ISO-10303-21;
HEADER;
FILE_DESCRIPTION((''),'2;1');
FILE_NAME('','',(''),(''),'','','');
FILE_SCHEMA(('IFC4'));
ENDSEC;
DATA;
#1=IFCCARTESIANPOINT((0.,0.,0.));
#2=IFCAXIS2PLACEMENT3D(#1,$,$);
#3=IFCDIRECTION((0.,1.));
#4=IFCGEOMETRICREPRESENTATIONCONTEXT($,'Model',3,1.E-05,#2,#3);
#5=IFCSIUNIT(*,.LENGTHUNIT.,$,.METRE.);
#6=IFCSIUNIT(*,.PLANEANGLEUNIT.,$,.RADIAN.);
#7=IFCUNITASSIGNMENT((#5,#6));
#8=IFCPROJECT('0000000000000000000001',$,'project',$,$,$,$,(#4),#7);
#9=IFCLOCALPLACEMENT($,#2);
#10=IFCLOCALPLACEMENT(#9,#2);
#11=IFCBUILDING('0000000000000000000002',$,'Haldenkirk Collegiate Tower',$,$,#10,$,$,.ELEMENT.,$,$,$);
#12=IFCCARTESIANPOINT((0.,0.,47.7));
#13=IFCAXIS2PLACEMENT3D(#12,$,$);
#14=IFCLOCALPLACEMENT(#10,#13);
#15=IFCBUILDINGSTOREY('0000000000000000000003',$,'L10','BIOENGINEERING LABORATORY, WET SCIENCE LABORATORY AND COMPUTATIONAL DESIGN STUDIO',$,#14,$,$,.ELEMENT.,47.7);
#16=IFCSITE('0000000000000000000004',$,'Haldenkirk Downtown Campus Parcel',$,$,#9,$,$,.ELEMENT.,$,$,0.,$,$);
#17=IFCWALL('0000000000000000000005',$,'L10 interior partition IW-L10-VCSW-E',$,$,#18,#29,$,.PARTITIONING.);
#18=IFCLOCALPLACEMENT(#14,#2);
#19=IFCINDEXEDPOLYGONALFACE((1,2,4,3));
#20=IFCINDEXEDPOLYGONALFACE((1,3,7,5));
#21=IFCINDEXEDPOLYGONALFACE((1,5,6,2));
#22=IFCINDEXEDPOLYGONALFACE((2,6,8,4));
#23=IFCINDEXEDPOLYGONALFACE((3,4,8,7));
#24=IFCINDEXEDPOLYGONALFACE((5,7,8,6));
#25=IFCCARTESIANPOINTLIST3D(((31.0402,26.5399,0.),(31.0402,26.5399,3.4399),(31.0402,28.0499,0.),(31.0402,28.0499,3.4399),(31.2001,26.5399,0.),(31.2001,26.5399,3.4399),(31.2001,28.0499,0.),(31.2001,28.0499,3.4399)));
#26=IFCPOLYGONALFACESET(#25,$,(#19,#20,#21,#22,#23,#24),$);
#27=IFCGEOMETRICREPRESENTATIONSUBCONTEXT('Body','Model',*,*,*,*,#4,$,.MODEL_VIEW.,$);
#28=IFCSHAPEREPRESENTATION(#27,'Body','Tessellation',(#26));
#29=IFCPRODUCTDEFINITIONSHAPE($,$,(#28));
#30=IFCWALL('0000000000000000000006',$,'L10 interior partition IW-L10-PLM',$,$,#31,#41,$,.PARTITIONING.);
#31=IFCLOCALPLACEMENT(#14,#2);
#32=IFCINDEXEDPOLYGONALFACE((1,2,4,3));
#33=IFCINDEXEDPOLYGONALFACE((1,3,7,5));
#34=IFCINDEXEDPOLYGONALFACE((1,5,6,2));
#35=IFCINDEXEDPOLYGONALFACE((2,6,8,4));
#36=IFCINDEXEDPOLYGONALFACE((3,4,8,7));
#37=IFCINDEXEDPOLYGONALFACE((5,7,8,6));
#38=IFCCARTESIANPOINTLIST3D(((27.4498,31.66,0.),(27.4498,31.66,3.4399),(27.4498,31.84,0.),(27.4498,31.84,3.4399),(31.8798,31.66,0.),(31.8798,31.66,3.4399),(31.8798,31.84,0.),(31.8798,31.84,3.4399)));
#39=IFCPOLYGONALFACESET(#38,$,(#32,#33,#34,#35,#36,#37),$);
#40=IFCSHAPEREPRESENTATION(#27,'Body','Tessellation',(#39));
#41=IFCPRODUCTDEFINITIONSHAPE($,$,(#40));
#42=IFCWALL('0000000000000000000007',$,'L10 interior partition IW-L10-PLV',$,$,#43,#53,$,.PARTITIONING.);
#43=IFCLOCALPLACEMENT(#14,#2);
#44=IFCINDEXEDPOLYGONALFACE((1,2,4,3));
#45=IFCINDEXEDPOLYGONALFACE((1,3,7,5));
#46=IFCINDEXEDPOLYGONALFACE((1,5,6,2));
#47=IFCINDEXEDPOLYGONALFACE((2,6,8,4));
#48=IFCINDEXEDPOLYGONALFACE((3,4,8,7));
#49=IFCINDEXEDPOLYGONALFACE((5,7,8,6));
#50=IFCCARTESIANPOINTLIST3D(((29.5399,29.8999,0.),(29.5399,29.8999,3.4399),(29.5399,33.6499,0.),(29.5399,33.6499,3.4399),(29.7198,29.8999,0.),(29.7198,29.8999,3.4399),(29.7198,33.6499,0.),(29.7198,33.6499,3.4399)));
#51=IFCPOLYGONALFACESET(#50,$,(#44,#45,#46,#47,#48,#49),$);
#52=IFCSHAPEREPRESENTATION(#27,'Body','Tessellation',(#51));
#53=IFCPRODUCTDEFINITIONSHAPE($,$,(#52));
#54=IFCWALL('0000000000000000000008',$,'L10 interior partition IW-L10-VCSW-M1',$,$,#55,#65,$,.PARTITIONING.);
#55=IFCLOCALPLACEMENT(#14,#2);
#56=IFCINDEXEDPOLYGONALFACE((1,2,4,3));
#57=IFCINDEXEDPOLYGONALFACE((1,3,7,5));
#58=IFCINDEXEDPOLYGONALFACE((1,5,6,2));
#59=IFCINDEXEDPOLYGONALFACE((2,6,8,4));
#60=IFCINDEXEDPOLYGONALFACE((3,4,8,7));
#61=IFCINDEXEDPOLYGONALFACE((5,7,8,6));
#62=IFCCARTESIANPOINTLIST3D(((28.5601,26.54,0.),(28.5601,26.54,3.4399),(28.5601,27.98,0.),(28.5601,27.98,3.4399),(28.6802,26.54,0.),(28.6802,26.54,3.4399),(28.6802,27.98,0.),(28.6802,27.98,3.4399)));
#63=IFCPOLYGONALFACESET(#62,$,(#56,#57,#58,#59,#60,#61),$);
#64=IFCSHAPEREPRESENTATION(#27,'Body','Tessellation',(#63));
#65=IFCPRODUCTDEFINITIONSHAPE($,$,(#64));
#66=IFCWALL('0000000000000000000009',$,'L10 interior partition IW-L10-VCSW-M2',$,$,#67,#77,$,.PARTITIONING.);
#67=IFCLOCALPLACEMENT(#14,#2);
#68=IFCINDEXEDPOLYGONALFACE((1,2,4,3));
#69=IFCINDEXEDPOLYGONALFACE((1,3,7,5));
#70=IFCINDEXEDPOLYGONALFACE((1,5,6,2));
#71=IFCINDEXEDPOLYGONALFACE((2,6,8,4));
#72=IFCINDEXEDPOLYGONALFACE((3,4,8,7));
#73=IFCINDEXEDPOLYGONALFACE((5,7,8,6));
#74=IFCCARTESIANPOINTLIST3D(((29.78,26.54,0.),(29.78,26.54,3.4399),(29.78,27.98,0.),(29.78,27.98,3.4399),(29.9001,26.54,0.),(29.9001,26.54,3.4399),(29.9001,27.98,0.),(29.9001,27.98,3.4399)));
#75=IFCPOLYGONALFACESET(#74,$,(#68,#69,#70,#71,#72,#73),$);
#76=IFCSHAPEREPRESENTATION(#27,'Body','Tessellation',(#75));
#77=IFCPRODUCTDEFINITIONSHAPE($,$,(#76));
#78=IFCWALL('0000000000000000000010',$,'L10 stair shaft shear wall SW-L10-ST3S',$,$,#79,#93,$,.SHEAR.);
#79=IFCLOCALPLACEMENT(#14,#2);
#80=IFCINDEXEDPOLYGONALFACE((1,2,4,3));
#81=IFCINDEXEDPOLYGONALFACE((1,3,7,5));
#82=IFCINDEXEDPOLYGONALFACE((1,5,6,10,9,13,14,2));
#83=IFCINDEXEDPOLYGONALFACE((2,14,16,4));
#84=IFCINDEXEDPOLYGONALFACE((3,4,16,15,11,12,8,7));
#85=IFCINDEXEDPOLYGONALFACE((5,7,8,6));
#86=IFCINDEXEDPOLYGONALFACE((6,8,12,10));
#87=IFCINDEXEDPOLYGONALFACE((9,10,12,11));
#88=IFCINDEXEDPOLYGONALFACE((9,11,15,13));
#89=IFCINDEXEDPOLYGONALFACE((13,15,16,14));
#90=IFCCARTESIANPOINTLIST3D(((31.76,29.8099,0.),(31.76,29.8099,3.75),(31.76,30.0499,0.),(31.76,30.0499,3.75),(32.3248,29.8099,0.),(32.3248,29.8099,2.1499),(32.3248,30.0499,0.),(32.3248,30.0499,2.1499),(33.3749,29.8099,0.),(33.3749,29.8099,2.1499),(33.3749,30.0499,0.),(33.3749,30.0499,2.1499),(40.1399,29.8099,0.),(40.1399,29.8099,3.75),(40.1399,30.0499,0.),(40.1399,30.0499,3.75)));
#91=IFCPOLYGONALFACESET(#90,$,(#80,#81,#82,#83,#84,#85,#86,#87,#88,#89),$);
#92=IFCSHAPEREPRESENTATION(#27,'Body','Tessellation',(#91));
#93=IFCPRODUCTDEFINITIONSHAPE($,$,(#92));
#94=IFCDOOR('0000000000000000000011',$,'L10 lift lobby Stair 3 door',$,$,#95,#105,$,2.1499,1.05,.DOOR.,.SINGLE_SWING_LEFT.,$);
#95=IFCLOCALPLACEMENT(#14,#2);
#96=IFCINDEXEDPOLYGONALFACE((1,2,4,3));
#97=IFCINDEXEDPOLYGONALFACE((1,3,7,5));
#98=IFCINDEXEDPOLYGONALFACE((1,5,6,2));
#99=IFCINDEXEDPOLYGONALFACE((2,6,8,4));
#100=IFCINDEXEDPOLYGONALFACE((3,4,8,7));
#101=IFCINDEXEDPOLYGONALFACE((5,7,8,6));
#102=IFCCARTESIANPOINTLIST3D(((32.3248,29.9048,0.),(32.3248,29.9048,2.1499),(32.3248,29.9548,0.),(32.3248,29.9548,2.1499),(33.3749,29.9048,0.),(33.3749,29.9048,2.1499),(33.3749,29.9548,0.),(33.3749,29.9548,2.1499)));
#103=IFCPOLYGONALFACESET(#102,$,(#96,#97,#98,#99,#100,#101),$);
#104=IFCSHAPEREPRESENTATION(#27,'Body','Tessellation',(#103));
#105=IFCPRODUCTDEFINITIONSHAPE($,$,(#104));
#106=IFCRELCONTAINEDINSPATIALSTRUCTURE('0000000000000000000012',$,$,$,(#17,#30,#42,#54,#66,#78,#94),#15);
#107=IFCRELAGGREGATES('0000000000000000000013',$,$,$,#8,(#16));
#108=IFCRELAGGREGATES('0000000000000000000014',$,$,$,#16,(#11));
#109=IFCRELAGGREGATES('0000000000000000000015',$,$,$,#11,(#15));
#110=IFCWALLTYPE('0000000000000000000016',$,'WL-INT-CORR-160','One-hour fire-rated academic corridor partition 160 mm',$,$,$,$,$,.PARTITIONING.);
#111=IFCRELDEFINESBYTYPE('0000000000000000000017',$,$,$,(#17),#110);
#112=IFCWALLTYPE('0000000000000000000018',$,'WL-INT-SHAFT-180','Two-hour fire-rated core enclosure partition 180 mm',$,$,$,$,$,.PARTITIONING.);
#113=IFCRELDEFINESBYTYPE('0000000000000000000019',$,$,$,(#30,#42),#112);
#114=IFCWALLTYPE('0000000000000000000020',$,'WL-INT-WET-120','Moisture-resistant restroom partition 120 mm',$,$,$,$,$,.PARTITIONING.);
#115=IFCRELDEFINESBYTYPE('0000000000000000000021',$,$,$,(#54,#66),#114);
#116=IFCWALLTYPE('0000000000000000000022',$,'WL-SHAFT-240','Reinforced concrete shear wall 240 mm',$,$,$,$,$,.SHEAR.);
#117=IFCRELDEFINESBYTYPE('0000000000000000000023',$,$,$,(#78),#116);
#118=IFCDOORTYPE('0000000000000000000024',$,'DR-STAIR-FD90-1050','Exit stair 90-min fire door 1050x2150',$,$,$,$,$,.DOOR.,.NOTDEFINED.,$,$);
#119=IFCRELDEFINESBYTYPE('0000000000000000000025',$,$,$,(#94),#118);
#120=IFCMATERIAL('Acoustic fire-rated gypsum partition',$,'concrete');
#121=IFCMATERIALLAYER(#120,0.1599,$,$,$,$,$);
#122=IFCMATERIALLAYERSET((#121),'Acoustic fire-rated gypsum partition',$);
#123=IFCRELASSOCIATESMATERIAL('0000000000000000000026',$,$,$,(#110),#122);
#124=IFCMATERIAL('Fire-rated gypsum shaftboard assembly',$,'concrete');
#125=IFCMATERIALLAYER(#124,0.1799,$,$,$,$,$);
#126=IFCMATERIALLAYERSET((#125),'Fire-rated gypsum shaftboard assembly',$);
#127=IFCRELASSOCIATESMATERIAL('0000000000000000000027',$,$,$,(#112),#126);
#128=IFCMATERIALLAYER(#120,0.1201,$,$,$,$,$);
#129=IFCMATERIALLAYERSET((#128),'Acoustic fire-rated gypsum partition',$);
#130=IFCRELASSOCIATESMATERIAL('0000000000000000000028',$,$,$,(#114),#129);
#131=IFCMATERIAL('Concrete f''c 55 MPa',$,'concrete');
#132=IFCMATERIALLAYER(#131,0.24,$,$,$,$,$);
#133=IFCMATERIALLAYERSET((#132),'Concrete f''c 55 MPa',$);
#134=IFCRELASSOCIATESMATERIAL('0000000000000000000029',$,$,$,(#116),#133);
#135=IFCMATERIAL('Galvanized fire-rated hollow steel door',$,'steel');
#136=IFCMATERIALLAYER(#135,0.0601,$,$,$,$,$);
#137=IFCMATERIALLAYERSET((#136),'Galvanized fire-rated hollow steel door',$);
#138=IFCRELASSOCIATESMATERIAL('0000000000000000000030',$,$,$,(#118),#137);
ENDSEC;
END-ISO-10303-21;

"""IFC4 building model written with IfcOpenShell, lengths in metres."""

from ifc_helpers import new_model, si_unit, direction, frame, frame_2d, origin, place, context, subcontext, project, spatial, rectangle, extrude, material, layer, layer_set, type_object, element, fill, save


model = new_model("IFC4")

# Units and contexts
model_context = context("Model", 3, precision=1e-05, world=origin(), true_north=direction((0.0, 1.0)))
body_context = subcontext(model_context, "Body", "Model", "MODEL_VIEW")
ifc_project = project(units=[si_unit("LENGTHUNIT", "METRE"), si_unit("PLANEANGLEUNIT", "RADIAN")], contexts=[model_context])

# Site, building, storey
site_placement = place(None, origin())
site = spatial("IfcSite", under=ifc_project, at=site_placement, Name="Haldenkirk Downtown Campus Parcel", CompositionType="ELEMENT", RefElevation=0.0)
building_placement = place(site_placement, origin())
building = spatial("IfcBuilding", under=site, at=building_placement, Name="Haldenkirk Collegiate Tower", CompositionType="ELEMENT")
storey_placement = place(building_placement, frame((0.0, 0.0, 47.7)))
storey = spatial("IfcBuildingStorey", under=building, at=storey_placement, Name="L10", Description="BIOENGINEERING LABORATORY, WET SCIENCE LABORATORY AND COMPUTATIONAL DESIGN STUDIO", CompositionType="ELEMENT", Elevation=47.7)

# Shared definitions
ifc_material_1 = material(Name="Acoustic fire-rated gypsum partition", Category="concrete")
ifc_layer_1 = layer(ifc_material_1, 0.1599)
ifc_layer_set_1 = layer_set([ifc_layer_1], Name="Acoustic fire-rated gypsum partition")
wall_type_1 = type_object("IfcWallType", Name="WL-INT-CORR-160", Description="One-hour fire-rated academic corridor partition 160 mm", PredefinedType="PARTITIONING", material=ifc_layer_set_1)

# Wall
wall_1_placement = place(storey_placement, frame((31.1201, 26.54, 0.0), z_axis=(0.0, 0.0, 1.0), x_axis=(0.0, 1.0, 0.0)))
element("IfcWall", 1, at=wall_1_placement, inside=storey, type_object=wall_type_1, Name="L10 interior partition IW-L10-VCSW-E", PredefinedType="PARTITIONING", context=body_context, shape_type="SweptSolid", body=[
    extrude(rectangle(XDim=1.51, YDim=0.1599, at=frame_2d((0.7549, 0.0))), origin(), (0.0, 0.0, 1.0), 3.4399),
])

# Shared definitions
ifc_material_2 = material(Name="Fire-rated gypsum shaftboard assembly", Category="concrete")
ifc_layer_2 = layer(ifc_material_2, 0.1799)
ifc_layer_set_2 = layer_set([ifc_layer_2], Name="Fire-rated gypsum shaftboard assembly")
wall_type_2 = type_object("IfcWallType", Name="WL-INT-SHAFT-180", Description="Two-hour fire-rated core enclosure partition 180 mm", PredefinedType="PARTITIONING", material=ifc_layer_set_2)

# Walls
wall_2_placement = place(storey_placement, frame((27.45, 31.75, 0.0), z_axis=(0.0, 0.0, 1.0), x_axis=(1.0, 0.0, 0.0)))
element("IfcWall", 2, at=wall_2_placement, inside=storey, type_object=wall_type_2, Name="L10 interior partition IW-L10-PLM", PredefinedType="PARTITIONING", context=body_context, shape_type="SweptSolid", body=[
    extrude(rectangle(XDim=4.4299, YDim=0.1799, at=frame_2d((2.2148, 0.0))), origin(), (0.0, 0.0, 1.0), 3.4399),
])
wall_3_placement = place(storey_placement, frame((29.6299, 29.8999, 0.0), z_axis=(0.0, 0.0, 1.0), x_axis=(0.0, 1.0, 0.0)))
element("IfcWall", 3, at=wall_3_placement, inside=storey, type_object=wall_type_2, Name="L10 interior partition IW-L10-PLV", PredefinedType="PARTITIONING", context=body_context, shape_type="SweptSolid", body=[
    extrude(rectangle(XDim=3.75, YDim=0.1799, at=frame_2d((1.875, 0.0))), origin(), (0.0, 0.0, 1.0), 3.4399),
])

# Walls
ifc_layer_3 = layer(ifc_material_1, 0.1201)
ifc_layer_set_3 = layer_set([ifc_layer_3], Name="Acoustic fire-rated gypsum partition")
wall_type_3 = type_object("IfcWallType", Name="WL-INT-WET-120", Description="Moisture-resistant restroom partition 120 mm", PredefinedType="PARTITIONING", material=ifc_layer_set_3)
for number, where, z_axis, x_axis, name in (
    (4, (28.6201, 26.54, 0.0), (0.0, 0.0, 1.0), (0.0, 1.0, 0.0), "L10 interior partition IW-L10-VCSW-M1"),
    (5, (29.8401, 26.54, 0.0), (0.0, 0.0, 1.0), (0.0, 1.0, 0.0), "L10 interior partition IW-L10-VCSW-M2"),
):
    element("IfcWall", number, at=place(storey_placement, frame(where, z_axis=z_axis, x_axis=x_axis)), inside=storey, type_object=wall_type_3, Name=name, PredefinedType="PARTITIONING", context=body_context, shape_type="SweptSolid", body=[
        extrude(rectangle(XDim=1.4399, YDim=0.1201, at=frame_2d((0.72, 0.0))), origin(), (0.0, 0.0, 1.0), 3.4399),
    ])

# Wall, opening, door
ifc_material_3 = material(Name="Concrete f'c 55 MPa", Category="concrete")
ifc_layer_4 = layer(ifc_material_3, 0.24)
ifc_layer_set_4 = layer_set([ifc_layer_4], Name="Concrete f'c 55 MPa")
wall_type_4 = type_object("IfcWallType", Name="WL-SHAFT-240", Description="Reinforced concrete shear wall 240 mm", PredefinedType="SHEAR", material=ifc_layer_set_4)
wall_4_placement = place(storey_placement, frame((31.76, 29.9299, 0.0), z_axis=(0.0, 0.0, 1.0), x_axis=(1.0, 0.0, 0.0)))
wall_4 = element("IfcWall", 6, at=wall_4_placement, inside=storey, type_object=wall_type_4, Name="L10 stair shaft shear wall SW-L10-ST3S", PredefinedType="SHEAR", context=body_context, shape_type="SweptSolid", body=[
    extrude(rectangle(XDim=8.3799, YDim=0.24, at=frame_2d((4.1899, 0.0))), origin(), (0.0, 0.0, 1.0), 3.75),
])
opening_1_placement = place(wall_4_placement, frame((0.5649, 0.0, 0.0)))
opening_1 = element("IfcOpeningElement", 7, at=opening_1_placement, cuts=wall_4, PredefinedType="OPENING", context=body_context, shape_type="SweptSolid", body=[
    extrude(rectangle(XDim=1.05, YDim=2.1499, at=frame_2d((0.5249, 1.075))), frame((0.0, 0.1299, 0.0), z_axis=(0.0, -1.0, 0.0), x_axis=(1.0, 0.0, 0.0)), (0.0, 0.0, 1.0), 0.26),
])
ifc_material_4 = material(Name="Galvanized fire-rated hollow steel door", Category="steel")
ifc_layer_5 = layer(ifc_material_4, 0.0601)
ifc_layer_set_5 = layer_set([ifc_layer_5], Name="Galvanized fire-rated hollow steel door")
door_type_1 = type_object("IfcDoorType", Name="DR-STAIR-FD90-1050", Description="Exit stair 90-min fire door 1050x2150", OperationType="NOTDEFINED", PredefinedType="DOOR", material=ifc_layer_set_5)
door_1_placement = place(opening_1_placement, origin())
door_1 = element("IfcDoor", 8, at=door_1_placement, inside=storey, type_object=door_type_1, Name="L10 lift lobby Stair 3 door", OperationType="SINGLE_SWING_LEFT", OverallHeight=2.1499, OverallWidth=1.05, PredefinedType="DOOR", context=body_context, shape_type="SweptSolid", body=[
    extrude(rectangle(XDim=1.05, YDim=2.1499, at=frame_2d((0.5249, 1.075))), frame((0.0, 0.0249, 0.0), z_axis=(0.0, -1.0, 0.0), x_axis=(1.0, 0.0, 0.0)), (0.0, 0.0, 1.0), 0.05),
])
fill(opening_1, door_1)

save(model, "model.ifc")
